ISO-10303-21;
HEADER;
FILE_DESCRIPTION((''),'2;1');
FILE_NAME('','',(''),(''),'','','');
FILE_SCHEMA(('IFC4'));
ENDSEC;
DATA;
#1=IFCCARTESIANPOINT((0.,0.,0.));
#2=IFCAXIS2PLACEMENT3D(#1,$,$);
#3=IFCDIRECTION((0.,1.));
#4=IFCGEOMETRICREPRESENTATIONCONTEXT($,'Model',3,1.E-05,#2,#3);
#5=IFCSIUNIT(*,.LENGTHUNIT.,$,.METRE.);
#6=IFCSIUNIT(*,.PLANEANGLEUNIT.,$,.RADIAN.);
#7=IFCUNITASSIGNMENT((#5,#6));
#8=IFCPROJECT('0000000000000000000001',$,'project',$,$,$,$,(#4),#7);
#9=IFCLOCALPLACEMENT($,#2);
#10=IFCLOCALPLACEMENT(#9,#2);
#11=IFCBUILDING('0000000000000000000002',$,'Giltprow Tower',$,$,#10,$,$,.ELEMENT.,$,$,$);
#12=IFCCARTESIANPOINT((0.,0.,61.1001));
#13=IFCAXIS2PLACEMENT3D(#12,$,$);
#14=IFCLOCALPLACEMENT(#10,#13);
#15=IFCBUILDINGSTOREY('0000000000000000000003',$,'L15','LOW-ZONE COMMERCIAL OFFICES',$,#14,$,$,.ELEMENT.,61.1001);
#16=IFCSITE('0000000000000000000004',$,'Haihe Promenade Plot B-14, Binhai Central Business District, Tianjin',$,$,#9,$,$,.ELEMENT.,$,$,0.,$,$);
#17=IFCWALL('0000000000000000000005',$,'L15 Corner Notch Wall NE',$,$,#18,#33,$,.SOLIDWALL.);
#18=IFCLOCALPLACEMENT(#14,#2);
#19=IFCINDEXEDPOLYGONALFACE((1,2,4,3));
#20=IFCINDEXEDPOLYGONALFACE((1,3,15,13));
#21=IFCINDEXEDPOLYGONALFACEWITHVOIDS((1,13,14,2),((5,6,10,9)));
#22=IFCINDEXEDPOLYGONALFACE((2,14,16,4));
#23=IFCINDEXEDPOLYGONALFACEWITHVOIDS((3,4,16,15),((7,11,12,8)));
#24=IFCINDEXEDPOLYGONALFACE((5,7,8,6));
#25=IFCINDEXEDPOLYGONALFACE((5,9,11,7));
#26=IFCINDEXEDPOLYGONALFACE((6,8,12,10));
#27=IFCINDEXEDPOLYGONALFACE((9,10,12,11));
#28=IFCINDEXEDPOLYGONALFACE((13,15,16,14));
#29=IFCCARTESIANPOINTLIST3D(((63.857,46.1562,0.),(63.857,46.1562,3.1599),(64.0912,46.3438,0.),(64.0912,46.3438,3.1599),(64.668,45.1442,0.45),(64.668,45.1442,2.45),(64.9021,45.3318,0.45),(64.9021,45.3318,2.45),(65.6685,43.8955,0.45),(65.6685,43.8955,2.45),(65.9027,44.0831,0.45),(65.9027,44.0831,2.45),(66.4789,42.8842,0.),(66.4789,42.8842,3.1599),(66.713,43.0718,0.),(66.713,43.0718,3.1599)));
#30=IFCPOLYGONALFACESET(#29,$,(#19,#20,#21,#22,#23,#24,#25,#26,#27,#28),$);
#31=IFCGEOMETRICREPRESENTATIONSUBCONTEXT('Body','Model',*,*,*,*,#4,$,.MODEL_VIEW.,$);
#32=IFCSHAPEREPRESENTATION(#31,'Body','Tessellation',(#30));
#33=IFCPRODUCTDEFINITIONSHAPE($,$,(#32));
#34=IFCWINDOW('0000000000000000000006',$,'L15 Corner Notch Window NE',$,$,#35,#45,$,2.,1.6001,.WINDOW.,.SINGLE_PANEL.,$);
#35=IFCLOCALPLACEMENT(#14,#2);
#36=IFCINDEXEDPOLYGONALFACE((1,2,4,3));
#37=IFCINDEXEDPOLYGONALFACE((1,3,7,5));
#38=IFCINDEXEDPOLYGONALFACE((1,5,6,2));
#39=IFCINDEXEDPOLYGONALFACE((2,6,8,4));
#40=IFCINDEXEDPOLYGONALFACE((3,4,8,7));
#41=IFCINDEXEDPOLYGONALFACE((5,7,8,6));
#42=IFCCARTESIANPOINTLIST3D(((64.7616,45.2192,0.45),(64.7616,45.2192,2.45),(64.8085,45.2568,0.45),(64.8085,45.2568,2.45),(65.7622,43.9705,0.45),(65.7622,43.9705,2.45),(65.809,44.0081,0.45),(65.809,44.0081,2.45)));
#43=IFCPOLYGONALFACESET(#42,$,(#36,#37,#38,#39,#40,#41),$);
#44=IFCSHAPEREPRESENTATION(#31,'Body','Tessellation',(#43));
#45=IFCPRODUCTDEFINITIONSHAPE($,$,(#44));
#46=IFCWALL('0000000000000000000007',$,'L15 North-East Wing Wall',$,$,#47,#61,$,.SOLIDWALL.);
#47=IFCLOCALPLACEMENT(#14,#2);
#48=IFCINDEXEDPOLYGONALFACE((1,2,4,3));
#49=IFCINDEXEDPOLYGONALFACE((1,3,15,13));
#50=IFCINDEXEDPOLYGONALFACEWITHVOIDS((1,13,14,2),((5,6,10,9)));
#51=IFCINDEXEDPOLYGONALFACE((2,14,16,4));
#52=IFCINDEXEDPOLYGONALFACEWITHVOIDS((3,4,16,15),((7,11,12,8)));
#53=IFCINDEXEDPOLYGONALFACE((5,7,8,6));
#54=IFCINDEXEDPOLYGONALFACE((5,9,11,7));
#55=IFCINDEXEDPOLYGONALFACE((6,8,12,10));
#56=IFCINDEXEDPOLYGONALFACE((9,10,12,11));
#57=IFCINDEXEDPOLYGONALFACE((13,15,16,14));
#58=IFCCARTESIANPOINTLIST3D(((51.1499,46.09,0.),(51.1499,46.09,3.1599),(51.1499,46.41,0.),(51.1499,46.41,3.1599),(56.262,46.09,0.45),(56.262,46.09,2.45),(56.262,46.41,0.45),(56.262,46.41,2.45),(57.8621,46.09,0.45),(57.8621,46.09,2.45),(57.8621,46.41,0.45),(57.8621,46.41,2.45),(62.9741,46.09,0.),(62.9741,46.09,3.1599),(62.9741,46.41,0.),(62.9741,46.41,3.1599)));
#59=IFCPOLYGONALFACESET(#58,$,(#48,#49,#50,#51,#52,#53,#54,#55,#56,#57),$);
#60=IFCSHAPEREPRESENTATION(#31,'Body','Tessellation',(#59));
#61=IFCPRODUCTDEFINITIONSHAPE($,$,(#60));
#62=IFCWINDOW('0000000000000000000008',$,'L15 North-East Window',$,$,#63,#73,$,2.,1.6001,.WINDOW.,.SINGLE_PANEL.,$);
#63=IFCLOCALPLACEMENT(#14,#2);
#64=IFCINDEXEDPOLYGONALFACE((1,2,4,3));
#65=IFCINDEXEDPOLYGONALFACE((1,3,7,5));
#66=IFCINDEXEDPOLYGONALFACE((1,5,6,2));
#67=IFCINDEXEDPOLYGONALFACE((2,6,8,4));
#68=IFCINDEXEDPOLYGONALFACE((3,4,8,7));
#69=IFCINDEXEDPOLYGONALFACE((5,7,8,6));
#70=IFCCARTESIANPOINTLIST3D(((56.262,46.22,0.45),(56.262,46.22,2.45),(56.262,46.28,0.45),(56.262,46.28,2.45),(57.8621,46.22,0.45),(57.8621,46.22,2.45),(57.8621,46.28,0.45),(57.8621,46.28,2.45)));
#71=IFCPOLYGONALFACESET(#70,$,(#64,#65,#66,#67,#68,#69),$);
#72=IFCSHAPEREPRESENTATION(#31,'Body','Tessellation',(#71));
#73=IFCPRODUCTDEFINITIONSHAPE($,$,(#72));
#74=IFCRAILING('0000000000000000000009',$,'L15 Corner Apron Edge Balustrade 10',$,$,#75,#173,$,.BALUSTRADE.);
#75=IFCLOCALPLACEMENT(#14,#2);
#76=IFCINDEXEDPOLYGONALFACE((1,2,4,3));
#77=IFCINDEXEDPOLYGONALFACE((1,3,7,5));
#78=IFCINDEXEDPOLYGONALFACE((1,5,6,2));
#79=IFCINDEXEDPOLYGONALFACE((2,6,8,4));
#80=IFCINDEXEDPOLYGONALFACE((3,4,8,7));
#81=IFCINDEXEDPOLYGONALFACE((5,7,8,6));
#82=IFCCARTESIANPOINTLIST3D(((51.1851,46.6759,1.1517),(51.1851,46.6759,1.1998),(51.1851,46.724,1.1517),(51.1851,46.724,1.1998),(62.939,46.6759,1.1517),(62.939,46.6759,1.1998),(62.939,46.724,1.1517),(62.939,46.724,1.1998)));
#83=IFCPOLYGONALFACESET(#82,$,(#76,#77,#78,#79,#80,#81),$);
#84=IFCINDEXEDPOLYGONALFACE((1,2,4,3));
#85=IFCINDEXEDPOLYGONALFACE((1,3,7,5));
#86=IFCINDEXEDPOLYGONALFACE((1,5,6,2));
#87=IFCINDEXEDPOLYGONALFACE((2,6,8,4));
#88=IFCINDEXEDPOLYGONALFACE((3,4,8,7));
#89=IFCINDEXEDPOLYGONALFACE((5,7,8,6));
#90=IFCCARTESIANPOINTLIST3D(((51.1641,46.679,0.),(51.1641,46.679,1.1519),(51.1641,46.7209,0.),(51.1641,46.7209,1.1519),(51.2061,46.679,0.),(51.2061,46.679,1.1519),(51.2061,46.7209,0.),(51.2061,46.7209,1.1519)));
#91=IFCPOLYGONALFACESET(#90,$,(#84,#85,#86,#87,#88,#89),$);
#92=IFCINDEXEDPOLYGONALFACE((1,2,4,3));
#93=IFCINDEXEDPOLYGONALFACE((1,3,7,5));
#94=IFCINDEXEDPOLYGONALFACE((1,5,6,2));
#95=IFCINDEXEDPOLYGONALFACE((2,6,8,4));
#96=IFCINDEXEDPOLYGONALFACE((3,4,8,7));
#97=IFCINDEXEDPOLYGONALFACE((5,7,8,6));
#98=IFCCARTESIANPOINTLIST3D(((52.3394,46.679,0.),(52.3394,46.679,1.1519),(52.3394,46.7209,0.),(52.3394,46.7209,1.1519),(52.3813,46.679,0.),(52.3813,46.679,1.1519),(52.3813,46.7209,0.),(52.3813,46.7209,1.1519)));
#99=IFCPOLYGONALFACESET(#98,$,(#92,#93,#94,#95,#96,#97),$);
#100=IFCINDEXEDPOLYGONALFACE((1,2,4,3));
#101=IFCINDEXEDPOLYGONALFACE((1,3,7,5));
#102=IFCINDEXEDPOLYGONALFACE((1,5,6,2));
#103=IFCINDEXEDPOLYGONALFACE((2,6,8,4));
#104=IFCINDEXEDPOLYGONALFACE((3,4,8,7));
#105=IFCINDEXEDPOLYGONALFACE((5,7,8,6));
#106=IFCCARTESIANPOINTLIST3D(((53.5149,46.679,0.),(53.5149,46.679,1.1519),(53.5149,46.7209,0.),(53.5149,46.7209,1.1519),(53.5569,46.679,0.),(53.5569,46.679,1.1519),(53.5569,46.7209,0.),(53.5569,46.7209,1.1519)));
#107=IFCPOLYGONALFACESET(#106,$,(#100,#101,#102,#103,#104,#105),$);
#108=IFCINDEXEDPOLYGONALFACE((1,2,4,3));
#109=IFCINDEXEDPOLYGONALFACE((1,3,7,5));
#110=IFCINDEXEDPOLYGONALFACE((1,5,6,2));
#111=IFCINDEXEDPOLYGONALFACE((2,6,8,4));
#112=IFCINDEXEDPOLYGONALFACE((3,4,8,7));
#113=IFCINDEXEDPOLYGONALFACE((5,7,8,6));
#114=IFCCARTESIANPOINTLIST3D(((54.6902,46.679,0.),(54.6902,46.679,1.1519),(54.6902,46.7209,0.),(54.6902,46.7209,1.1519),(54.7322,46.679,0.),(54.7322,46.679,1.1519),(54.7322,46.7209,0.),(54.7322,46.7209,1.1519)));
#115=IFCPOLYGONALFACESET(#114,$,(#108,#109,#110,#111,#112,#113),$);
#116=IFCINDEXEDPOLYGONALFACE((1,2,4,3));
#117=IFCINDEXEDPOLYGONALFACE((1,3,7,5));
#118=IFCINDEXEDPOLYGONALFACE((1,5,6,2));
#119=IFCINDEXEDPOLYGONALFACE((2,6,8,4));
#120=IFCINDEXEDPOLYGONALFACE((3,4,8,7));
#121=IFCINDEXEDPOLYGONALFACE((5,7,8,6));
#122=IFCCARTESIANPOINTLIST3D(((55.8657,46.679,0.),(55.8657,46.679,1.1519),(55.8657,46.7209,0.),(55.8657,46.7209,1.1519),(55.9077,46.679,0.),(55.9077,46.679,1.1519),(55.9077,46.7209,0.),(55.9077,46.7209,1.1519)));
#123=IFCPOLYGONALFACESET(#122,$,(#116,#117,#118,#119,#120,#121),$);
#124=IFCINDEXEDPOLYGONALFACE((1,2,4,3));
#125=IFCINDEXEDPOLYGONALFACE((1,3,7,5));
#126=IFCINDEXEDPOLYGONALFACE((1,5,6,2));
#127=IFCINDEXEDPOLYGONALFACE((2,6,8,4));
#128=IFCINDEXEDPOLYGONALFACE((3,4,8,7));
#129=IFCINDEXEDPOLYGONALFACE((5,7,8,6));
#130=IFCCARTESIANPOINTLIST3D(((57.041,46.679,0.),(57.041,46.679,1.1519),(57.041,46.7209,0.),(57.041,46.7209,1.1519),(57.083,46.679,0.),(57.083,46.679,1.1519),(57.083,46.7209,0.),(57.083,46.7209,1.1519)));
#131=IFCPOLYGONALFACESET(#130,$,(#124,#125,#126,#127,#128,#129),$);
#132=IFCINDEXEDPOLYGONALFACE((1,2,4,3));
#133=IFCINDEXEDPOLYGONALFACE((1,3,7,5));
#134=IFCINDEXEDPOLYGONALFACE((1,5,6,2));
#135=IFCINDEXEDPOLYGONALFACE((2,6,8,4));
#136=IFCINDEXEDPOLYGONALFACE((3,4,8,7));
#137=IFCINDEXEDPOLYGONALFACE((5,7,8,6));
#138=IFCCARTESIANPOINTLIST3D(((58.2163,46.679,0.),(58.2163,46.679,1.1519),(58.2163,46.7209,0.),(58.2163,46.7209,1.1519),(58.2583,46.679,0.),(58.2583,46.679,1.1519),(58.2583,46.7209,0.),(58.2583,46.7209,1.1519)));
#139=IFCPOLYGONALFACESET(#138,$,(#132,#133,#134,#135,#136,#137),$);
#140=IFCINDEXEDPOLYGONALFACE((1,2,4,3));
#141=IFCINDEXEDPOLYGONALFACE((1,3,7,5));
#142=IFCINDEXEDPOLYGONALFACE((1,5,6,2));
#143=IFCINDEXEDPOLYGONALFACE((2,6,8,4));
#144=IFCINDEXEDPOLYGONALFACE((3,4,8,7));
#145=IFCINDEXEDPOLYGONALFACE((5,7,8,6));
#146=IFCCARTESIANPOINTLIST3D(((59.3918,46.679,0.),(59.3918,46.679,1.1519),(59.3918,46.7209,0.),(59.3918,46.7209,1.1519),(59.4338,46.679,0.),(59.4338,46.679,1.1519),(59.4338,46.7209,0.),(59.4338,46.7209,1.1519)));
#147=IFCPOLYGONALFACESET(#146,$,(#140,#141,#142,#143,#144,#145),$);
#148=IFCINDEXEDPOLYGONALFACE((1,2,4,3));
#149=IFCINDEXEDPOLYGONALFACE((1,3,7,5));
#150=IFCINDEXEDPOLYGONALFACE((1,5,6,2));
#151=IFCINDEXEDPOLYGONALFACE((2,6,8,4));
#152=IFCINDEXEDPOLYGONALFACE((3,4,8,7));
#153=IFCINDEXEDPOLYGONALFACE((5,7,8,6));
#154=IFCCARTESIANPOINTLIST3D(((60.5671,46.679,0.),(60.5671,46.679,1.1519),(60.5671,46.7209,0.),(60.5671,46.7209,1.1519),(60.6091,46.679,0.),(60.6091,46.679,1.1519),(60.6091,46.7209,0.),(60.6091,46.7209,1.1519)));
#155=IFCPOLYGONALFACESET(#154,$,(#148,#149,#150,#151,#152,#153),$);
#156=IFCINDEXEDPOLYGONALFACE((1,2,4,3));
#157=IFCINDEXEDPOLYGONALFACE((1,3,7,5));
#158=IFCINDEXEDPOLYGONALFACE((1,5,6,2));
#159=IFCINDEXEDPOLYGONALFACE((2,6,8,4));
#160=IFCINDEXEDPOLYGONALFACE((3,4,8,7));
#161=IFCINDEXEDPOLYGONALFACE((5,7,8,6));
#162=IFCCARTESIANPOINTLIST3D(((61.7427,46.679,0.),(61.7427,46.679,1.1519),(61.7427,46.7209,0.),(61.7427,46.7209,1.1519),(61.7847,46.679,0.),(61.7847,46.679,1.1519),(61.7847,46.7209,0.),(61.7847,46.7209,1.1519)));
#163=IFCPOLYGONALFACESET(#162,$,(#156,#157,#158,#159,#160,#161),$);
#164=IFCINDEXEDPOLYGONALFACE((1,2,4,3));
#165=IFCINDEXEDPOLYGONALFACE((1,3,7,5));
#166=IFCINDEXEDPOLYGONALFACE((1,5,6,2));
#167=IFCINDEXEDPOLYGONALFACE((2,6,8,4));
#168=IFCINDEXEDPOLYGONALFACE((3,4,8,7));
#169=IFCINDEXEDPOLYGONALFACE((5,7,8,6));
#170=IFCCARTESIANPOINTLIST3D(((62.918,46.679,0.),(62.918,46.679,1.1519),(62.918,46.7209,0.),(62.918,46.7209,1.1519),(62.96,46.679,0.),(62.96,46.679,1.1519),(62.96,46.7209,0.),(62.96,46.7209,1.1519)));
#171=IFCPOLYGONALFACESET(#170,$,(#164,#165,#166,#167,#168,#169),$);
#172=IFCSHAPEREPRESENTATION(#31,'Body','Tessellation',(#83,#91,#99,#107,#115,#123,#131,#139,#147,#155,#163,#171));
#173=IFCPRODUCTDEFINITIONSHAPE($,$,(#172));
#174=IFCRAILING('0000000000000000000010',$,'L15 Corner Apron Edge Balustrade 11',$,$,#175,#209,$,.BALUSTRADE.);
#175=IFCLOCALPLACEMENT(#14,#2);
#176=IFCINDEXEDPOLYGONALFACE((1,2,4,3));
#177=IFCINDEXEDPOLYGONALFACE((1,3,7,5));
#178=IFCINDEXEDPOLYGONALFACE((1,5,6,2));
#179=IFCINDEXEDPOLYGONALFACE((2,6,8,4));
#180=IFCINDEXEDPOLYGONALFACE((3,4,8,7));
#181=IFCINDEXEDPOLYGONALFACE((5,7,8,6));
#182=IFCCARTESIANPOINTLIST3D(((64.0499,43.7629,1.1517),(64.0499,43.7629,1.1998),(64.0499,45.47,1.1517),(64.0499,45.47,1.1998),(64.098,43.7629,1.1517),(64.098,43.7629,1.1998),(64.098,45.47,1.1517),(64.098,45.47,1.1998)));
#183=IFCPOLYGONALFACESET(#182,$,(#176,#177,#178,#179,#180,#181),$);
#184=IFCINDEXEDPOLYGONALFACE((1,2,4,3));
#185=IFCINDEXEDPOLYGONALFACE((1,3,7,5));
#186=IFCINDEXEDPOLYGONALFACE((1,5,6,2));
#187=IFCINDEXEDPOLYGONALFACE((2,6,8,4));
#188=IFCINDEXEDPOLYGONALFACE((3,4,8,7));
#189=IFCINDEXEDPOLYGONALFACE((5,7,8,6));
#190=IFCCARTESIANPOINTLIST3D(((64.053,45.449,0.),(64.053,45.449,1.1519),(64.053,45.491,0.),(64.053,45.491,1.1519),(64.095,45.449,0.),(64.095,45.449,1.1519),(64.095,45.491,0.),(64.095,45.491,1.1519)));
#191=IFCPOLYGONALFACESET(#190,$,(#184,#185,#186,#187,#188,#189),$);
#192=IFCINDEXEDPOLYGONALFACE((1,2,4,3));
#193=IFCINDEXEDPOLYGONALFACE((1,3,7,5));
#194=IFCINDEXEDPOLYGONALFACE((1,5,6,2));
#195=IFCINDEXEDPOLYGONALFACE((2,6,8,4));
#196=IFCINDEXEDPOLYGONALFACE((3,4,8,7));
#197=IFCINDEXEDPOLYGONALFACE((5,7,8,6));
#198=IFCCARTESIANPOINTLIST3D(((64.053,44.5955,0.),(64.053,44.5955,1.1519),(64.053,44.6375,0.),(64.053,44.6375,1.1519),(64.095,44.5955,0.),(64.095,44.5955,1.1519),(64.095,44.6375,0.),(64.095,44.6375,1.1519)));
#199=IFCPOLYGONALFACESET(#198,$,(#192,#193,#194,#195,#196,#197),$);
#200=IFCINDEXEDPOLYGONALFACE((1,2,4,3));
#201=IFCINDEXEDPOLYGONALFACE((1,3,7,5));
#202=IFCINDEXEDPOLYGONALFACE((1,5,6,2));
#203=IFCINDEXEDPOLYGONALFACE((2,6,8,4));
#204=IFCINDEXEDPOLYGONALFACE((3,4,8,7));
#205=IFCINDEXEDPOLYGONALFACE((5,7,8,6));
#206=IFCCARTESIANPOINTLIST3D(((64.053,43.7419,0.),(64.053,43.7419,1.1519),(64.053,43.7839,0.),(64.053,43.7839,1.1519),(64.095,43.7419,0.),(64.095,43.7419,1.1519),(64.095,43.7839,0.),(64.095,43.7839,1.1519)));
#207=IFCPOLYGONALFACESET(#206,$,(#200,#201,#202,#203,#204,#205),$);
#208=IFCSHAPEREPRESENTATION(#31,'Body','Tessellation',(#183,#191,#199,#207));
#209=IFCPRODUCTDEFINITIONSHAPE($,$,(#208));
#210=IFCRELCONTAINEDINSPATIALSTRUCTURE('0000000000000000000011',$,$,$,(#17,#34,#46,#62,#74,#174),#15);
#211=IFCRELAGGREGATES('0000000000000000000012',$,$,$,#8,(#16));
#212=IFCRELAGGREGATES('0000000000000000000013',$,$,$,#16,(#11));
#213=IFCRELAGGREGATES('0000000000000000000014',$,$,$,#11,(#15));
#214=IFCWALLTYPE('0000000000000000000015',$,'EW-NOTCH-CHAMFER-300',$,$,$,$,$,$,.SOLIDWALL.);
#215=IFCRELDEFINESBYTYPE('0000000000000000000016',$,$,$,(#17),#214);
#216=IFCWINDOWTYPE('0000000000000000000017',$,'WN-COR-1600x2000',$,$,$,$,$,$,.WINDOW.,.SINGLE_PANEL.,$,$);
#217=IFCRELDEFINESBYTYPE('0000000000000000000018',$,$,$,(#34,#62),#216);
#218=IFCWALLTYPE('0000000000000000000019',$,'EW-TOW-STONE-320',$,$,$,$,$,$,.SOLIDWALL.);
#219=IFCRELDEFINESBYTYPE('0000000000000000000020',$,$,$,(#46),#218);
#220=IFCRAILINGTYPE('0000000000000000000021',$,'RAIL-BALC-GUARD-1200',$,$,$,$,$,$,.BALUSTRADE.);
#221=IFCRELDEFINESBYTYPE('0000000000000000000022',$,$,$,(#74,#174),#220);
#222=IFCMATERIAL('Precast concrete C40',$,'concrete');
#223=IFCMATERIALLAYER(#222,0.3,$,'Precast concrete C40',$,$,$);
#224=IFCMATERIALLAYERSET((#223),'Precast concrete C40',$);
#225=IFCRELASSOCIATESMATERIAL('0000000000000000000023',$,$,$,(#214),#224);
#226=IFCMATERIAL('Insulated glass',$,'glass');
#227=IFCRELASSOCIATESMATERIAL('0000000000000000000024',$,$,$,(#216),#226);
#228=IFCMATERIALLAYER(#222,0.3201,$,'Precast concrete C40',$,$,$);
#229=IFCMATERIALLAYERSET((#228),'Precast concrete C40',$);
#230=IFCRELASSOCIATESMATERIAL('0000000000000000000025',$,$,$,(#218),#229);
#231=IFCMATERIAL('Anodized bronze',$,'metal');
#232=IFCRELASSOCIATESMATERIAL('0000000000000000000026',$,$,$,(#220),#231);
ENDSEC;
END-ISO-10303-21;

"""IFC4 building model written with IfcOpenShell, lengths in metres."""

from ifc_helpers import new_model, si_unit, direction, frame, frame_2d, origin, origin_2d, place, context, subcontext, project, spatial, rectangle, extrude, source, transform, mapped, material, layer, layer_set, type_object, element, fill, save


model = new_model("IFC4")

# Units and contexts
model_context = context("Model", 3, precision=1e-05, world=origin(), true_north=direction((0.0, 1.0)))
body_context = subcontext(model_context, "Body", "Model", "MODEL_VIEW")
ifc_project = project(units=[si_unit("LENGTHUNIT", "METRE"), si_unit("PLANEANGLEUNIT", "RADIAN")], contexts=[model_context])

# Site, building, storey
site_placement = place(None, origin())
site = spatial("IfcSite", under=ifc_project, at=site_placement, Name="Haihe Promenade Plot B-14, Binhai Central Business District, Tianjin", CompositionType="ELEMENT", RefElevation=0.0)
building_placement = place(site_placement, origin())
building = spatial("IfcBuilding", under=site, at=building_placement, Name="Giltprow Tower", CompositionType="ELEMENT")
storey_placement = place(building_placement, frame((0.0, 0.0, 61.1001)))
storey = spatial("IfcBuildingStorey", under=building, at=storey_placement, Name="L15", Description="LOW-ZONE COMMERCIAL OFFICES", CompositionType="ELEMENT", Elevation=61.1001)

# Walls, openings, windows
ifc_material_1 = material(Name="Precast concrete C40", Category="concrete")
ifc_layer_1 = layer(ifc_material_1, 0.3, Name="Precast concrete C40")
ifc_layer_set_1 = layer_set([ifc_layer_1], Name="Precast concrete C40")
wall_type_1 = type_object("IfcWallType", Name="EW-NOTCH-CHAMFER-300", PredefinedType="SOLIDWALL", material=ifc_layer_set_1)
wall_1_placement = place(storey_placement, frame((66.5959, 42.978, 0.0), z_axis=(0.0, 0.0, 1.0), x_axis=(-0.625313, 0.780374, 0.0)))
wall_1 = element("IfcWall", 1, at=wall_1_placement, inside=storey, type_object=wall_type_1, Name="L15 Corner Notch Wall NE", PredefinedType="SOLIDWALL", context=body_context, shape_type="SweptSolid", body=[
    extrude(rectangle(XDim=4.1929, YDim=0.3, at=frame_2d((2.0964, 0.0))), origin(), (0.0, 0.0, 1.0), 3.1599),
])
opening_1_placement = place(wall_1_placement, frame((1.2959, 0.0, 0.45)))
opening_1 = element("IfcOpeningElement", 2, at=opening_1_placement, cuts=wall_1, PredefinedType="OPENING", context=body_context, shape_type="SweptSolid", body=[
    extrude(rectangle(XDim=1.6001, YDim=2.0, at=frame_2d((0.8, 1.0))), frame((0.0, 0.1599, 0.0), z_axis=(0.0, -1.0, 0.0), x_axis=(1.0, 0.0, 0.0)), (0.0, 0.0, 1.0), 0.3201),
])
ifc_material_2 = material(Name="Insulated glass", Category="glass")
window_type = type_object("IfcWindowType", Name="WN-COR-1600x2000", PartitioningType="SINGLE_PANEL", PredefinedType="WINDOW", material=ifc_material_2)
shared_shape_1 = source(origin(), body_context, "Body", "SweptSolid", [
    extrude(rectangle(XDim=1.6001, YDim=2.0, at=frame_2d((0.8, 1.0))), frame((0.0, 0.03, 0.0), z_axis=(0.0, -1.0, 0.0), x_axis=(1.0, 0.0, 0.0)), (0.0, 0.0, 1.0), 0.0601),
])
window_1_placement = place(opening_1_placement, origin())
window_1 = element("IfcWindow", 3, at=window_1_placement, inside=storey, type_object=window_type, Name="L15 Corner Notch Window NE", OverallHeight=2.0, OverallWidth=1.6001, PartitioningType="SINGLE_PANEL", PredefinedType="WINDOW", context=body_context, shape_type="MappedRepresentation", body=[
    mapped(shared_shape_1, transform((0.0, 0.0, 0.0), x_axis=(1.0, 0.0, 0.0), y_axis=(0.0, 1.0, 0.0), z_axis=(0.0, 0.0, 1.0), scale=1.0)),
])
fill(opening_1, window_1)
ifc_layer_2 = layer(ifc_material_1, 0.3201, Name="Precast concrete C40")
ifc_layer_set_2 = layer_set([ifc_layer_2], Name="Precast concrete C40")
wall_type_2 = type_object("IfcWallType", Name="EW-TOW-STONE-320", PredefinedType="SOLIDWALL", material=ifc_layer_set_2)
wall_2_placement = place(storey_placement, frame((51.1499, 46.25, 0.0), z_axis=(0.0, 0.0, 1.0), x_axis=(1.0, 0.0, 0.0)))
wall_2 = element("IfcWall", 4, at=wall_2_placement, inside=storey, type_object=wall_type_2, Name="L15 North-East Wing Wall", PredefinedType="SOLIDWALL", context=body_context, shape_type="SweptSolid", body=[
    extrude(rectangle(XDim=11.8242, YDim=0.3201, at=frame_2d((5.9121, 0.0))), origin(), (0.0, 0.0, 1.0), 3.1599),
])
opening_2_placement = place(wall_2_placement, frame((5.1121, 0.0, 0.45)))
opening_2 = element("IfcOpeningElement", 5, at=opening_2_placement, cuts=wall_2, PredefinedType="OPENING", context=body_context, shape_type="SweptSolid", body=[
    extrude(rectangle(XDim=1.6001, YDim=2.0, at=frame_2d((0.8, 1.0))), frame((0.0, 0.1699, 0.0), z_axis=(0.0, -1.0, 0.0), x_axis=(1.0, 0.0, 0.0)), (0.0, 0.0, 1.0), 0.3401),
])
window_2_placement = place(opening_2_placement, origin())
window_2 = element("IfcWindow", 6, at=window_2_placement, inside=storey, type_object=window_type, Name="L15 North-East Window", OverallHeight=2.0, OverallWidth=1.6001, PartitioningType="SINGLE_PANEL", PredefinedType="WINDOW", context=body_context, shape_type="MappedRepresentation", body=[
    mapped(shared_shape_1, transform((0.0, 0.0, 0.0), x_axis=(1.0, 0.0, 0.0), y_axis=(0.0, 1.0, 0.0), z_axis=(0.0, 0.0, 1.0), scale=1.0)),
])
fill(opening_2, window_2)

# Railings
ifc_material_3 = material(Name="Anodized bronze", Category="metal")
railing_type_1 = type_object("IfcRailingType", Name="RAIL-BALC-GUARD-1200", PredefinedType="BALUSTRADE", material=ifc_material_3)
railing_1_placement = place(storey_placement, frame((51.1851, 46.7, 0.0)))
element("IfcRailing", 7, at=railing_1_placement, inside=storey, type_object=railing_type_1, Name="L15 Corner Apron Edge Balustrade 10", PredefinedType="BALUSTRADE", context=body_context, shape_type="SweptSolid", body=[
    extrude(rectangle(XDim=0.0481, YDim=0.0481, at=origin_2d()), frame((0.0, 0.0, 1.1758), z_axis=(1.0, 0.0, 0.0), x_axis=(0.0, 1.0, 0.0)), (0.0, 0.0, 1.0), 11.7539),
    extrude(rectangle(XDim=0.042, YDim=0.042, at=origin_2d()), origin(), (0.0, 0.0, 1.0), 1.1519),
    extrude(rectangle(XDim=0.042, YDim=0.042, at=origin_2d()), frame((1.1753, 0.0, 0.0)), (0.0, 0.0, 1.0), 1.1519),
    extrude(rectangle(XDim=0.042, YDim=0.042, at=origin_2d()), frame((2.3508, 0.0, 0.0)), (0.0, 0.0, 1.0), 1.1519),
    extrude(rectangle(XDim=0.042, YDim=0.042, at=origin_2d()), frame((3.5261, 0.0, 0.0)), (0.0, 0.0, 1.0), 1.1519),
    extrude(rectangle(XDim=0.042, YDim=0.042, at=origin_2d()), frame((4.7017, 0.0, 0.0)), (0.0, 0.0, 1.0), 1.1519),
    extrude(rectangle(XDim=0.042, YDim=0.042, at=origin_2d()), frame((5.877, 0.0, 0.0)), (0.0, 0.0, 1.0), 1.1519),
    extrude(rectangle(XDim=0.042, YDim=0.042, at=origin_2d()), frame((7.0522, 0.0, 0.0)), (0.0, 0.0, 1.0), 1.1519),
    extrude(rectangle(XDim=0.042, YDim=0.042, at=origin_2d()), frame((8.2278, 0.0, 0.0)), (0.0, 0.0, 1.0), 1.1519),
    extrude(rectangle(XDim=0.042, YDim=0.042, at=origin_2d()), frame((9.4031, 0.0, 0.0)), (0.0, 0.0, 1.0), 1.1519),
    extrude(rectangle(XDim=0.042, YDim=0.042, at=origin_2d()), frame((10.5786, 0.0, 0.0)), (0.0, 0.0, 1.0), 1.1519),
    extrude(rectangle(XDim=0.042, YDim=0.042, at=origin_2d()), frame((11.7539, 0.0, 0.0)), (0.0, 0.0, 1.0), 1.1519),
])
railing_2_placement = place(storey_placement, frame((64.074, 45.47, 0.0)))
element("IfcRailing", 8, at=railing_2_placement, inside=storey, type_object=railing_type_1, Name="L15 Corner Apron Edge Balustrade 11", PredefinedType="BALUSTRADE", context=body_context, shape_type="SweptSolid", body=[
    extrude(rectangle(XDim=0.0481, YDim=0.0481, at=origin_2d()), frame((0.0, 0.0, 1.1758), z_axis=(0.0, -1.0, 0.0), x_axis=(1.0, 0.0, 0.0)), (0.0, 0.0, 1.0), 1.707),
    extrude(rectangle(XDim=0.042, YDim=0.042, at=origin_2d()), origin(), (0.0, 0.0, 1.0), 1.1519),
    extrude(rectangle(XDim=0.042, YDim=0.042, at=origin_2d()), frame((0.0, -0.8535, 0.0)), (0.0, 0.0, 1.0), 1.1519),
    extrude(rectangle(XDim=0.042, YDim=0.042, at=origin_2d()), frame((0.0, -1.707, 0.0)), (0.0, 0.0, 1.0), 1.1519),
])

save(model, "model.ifc")
